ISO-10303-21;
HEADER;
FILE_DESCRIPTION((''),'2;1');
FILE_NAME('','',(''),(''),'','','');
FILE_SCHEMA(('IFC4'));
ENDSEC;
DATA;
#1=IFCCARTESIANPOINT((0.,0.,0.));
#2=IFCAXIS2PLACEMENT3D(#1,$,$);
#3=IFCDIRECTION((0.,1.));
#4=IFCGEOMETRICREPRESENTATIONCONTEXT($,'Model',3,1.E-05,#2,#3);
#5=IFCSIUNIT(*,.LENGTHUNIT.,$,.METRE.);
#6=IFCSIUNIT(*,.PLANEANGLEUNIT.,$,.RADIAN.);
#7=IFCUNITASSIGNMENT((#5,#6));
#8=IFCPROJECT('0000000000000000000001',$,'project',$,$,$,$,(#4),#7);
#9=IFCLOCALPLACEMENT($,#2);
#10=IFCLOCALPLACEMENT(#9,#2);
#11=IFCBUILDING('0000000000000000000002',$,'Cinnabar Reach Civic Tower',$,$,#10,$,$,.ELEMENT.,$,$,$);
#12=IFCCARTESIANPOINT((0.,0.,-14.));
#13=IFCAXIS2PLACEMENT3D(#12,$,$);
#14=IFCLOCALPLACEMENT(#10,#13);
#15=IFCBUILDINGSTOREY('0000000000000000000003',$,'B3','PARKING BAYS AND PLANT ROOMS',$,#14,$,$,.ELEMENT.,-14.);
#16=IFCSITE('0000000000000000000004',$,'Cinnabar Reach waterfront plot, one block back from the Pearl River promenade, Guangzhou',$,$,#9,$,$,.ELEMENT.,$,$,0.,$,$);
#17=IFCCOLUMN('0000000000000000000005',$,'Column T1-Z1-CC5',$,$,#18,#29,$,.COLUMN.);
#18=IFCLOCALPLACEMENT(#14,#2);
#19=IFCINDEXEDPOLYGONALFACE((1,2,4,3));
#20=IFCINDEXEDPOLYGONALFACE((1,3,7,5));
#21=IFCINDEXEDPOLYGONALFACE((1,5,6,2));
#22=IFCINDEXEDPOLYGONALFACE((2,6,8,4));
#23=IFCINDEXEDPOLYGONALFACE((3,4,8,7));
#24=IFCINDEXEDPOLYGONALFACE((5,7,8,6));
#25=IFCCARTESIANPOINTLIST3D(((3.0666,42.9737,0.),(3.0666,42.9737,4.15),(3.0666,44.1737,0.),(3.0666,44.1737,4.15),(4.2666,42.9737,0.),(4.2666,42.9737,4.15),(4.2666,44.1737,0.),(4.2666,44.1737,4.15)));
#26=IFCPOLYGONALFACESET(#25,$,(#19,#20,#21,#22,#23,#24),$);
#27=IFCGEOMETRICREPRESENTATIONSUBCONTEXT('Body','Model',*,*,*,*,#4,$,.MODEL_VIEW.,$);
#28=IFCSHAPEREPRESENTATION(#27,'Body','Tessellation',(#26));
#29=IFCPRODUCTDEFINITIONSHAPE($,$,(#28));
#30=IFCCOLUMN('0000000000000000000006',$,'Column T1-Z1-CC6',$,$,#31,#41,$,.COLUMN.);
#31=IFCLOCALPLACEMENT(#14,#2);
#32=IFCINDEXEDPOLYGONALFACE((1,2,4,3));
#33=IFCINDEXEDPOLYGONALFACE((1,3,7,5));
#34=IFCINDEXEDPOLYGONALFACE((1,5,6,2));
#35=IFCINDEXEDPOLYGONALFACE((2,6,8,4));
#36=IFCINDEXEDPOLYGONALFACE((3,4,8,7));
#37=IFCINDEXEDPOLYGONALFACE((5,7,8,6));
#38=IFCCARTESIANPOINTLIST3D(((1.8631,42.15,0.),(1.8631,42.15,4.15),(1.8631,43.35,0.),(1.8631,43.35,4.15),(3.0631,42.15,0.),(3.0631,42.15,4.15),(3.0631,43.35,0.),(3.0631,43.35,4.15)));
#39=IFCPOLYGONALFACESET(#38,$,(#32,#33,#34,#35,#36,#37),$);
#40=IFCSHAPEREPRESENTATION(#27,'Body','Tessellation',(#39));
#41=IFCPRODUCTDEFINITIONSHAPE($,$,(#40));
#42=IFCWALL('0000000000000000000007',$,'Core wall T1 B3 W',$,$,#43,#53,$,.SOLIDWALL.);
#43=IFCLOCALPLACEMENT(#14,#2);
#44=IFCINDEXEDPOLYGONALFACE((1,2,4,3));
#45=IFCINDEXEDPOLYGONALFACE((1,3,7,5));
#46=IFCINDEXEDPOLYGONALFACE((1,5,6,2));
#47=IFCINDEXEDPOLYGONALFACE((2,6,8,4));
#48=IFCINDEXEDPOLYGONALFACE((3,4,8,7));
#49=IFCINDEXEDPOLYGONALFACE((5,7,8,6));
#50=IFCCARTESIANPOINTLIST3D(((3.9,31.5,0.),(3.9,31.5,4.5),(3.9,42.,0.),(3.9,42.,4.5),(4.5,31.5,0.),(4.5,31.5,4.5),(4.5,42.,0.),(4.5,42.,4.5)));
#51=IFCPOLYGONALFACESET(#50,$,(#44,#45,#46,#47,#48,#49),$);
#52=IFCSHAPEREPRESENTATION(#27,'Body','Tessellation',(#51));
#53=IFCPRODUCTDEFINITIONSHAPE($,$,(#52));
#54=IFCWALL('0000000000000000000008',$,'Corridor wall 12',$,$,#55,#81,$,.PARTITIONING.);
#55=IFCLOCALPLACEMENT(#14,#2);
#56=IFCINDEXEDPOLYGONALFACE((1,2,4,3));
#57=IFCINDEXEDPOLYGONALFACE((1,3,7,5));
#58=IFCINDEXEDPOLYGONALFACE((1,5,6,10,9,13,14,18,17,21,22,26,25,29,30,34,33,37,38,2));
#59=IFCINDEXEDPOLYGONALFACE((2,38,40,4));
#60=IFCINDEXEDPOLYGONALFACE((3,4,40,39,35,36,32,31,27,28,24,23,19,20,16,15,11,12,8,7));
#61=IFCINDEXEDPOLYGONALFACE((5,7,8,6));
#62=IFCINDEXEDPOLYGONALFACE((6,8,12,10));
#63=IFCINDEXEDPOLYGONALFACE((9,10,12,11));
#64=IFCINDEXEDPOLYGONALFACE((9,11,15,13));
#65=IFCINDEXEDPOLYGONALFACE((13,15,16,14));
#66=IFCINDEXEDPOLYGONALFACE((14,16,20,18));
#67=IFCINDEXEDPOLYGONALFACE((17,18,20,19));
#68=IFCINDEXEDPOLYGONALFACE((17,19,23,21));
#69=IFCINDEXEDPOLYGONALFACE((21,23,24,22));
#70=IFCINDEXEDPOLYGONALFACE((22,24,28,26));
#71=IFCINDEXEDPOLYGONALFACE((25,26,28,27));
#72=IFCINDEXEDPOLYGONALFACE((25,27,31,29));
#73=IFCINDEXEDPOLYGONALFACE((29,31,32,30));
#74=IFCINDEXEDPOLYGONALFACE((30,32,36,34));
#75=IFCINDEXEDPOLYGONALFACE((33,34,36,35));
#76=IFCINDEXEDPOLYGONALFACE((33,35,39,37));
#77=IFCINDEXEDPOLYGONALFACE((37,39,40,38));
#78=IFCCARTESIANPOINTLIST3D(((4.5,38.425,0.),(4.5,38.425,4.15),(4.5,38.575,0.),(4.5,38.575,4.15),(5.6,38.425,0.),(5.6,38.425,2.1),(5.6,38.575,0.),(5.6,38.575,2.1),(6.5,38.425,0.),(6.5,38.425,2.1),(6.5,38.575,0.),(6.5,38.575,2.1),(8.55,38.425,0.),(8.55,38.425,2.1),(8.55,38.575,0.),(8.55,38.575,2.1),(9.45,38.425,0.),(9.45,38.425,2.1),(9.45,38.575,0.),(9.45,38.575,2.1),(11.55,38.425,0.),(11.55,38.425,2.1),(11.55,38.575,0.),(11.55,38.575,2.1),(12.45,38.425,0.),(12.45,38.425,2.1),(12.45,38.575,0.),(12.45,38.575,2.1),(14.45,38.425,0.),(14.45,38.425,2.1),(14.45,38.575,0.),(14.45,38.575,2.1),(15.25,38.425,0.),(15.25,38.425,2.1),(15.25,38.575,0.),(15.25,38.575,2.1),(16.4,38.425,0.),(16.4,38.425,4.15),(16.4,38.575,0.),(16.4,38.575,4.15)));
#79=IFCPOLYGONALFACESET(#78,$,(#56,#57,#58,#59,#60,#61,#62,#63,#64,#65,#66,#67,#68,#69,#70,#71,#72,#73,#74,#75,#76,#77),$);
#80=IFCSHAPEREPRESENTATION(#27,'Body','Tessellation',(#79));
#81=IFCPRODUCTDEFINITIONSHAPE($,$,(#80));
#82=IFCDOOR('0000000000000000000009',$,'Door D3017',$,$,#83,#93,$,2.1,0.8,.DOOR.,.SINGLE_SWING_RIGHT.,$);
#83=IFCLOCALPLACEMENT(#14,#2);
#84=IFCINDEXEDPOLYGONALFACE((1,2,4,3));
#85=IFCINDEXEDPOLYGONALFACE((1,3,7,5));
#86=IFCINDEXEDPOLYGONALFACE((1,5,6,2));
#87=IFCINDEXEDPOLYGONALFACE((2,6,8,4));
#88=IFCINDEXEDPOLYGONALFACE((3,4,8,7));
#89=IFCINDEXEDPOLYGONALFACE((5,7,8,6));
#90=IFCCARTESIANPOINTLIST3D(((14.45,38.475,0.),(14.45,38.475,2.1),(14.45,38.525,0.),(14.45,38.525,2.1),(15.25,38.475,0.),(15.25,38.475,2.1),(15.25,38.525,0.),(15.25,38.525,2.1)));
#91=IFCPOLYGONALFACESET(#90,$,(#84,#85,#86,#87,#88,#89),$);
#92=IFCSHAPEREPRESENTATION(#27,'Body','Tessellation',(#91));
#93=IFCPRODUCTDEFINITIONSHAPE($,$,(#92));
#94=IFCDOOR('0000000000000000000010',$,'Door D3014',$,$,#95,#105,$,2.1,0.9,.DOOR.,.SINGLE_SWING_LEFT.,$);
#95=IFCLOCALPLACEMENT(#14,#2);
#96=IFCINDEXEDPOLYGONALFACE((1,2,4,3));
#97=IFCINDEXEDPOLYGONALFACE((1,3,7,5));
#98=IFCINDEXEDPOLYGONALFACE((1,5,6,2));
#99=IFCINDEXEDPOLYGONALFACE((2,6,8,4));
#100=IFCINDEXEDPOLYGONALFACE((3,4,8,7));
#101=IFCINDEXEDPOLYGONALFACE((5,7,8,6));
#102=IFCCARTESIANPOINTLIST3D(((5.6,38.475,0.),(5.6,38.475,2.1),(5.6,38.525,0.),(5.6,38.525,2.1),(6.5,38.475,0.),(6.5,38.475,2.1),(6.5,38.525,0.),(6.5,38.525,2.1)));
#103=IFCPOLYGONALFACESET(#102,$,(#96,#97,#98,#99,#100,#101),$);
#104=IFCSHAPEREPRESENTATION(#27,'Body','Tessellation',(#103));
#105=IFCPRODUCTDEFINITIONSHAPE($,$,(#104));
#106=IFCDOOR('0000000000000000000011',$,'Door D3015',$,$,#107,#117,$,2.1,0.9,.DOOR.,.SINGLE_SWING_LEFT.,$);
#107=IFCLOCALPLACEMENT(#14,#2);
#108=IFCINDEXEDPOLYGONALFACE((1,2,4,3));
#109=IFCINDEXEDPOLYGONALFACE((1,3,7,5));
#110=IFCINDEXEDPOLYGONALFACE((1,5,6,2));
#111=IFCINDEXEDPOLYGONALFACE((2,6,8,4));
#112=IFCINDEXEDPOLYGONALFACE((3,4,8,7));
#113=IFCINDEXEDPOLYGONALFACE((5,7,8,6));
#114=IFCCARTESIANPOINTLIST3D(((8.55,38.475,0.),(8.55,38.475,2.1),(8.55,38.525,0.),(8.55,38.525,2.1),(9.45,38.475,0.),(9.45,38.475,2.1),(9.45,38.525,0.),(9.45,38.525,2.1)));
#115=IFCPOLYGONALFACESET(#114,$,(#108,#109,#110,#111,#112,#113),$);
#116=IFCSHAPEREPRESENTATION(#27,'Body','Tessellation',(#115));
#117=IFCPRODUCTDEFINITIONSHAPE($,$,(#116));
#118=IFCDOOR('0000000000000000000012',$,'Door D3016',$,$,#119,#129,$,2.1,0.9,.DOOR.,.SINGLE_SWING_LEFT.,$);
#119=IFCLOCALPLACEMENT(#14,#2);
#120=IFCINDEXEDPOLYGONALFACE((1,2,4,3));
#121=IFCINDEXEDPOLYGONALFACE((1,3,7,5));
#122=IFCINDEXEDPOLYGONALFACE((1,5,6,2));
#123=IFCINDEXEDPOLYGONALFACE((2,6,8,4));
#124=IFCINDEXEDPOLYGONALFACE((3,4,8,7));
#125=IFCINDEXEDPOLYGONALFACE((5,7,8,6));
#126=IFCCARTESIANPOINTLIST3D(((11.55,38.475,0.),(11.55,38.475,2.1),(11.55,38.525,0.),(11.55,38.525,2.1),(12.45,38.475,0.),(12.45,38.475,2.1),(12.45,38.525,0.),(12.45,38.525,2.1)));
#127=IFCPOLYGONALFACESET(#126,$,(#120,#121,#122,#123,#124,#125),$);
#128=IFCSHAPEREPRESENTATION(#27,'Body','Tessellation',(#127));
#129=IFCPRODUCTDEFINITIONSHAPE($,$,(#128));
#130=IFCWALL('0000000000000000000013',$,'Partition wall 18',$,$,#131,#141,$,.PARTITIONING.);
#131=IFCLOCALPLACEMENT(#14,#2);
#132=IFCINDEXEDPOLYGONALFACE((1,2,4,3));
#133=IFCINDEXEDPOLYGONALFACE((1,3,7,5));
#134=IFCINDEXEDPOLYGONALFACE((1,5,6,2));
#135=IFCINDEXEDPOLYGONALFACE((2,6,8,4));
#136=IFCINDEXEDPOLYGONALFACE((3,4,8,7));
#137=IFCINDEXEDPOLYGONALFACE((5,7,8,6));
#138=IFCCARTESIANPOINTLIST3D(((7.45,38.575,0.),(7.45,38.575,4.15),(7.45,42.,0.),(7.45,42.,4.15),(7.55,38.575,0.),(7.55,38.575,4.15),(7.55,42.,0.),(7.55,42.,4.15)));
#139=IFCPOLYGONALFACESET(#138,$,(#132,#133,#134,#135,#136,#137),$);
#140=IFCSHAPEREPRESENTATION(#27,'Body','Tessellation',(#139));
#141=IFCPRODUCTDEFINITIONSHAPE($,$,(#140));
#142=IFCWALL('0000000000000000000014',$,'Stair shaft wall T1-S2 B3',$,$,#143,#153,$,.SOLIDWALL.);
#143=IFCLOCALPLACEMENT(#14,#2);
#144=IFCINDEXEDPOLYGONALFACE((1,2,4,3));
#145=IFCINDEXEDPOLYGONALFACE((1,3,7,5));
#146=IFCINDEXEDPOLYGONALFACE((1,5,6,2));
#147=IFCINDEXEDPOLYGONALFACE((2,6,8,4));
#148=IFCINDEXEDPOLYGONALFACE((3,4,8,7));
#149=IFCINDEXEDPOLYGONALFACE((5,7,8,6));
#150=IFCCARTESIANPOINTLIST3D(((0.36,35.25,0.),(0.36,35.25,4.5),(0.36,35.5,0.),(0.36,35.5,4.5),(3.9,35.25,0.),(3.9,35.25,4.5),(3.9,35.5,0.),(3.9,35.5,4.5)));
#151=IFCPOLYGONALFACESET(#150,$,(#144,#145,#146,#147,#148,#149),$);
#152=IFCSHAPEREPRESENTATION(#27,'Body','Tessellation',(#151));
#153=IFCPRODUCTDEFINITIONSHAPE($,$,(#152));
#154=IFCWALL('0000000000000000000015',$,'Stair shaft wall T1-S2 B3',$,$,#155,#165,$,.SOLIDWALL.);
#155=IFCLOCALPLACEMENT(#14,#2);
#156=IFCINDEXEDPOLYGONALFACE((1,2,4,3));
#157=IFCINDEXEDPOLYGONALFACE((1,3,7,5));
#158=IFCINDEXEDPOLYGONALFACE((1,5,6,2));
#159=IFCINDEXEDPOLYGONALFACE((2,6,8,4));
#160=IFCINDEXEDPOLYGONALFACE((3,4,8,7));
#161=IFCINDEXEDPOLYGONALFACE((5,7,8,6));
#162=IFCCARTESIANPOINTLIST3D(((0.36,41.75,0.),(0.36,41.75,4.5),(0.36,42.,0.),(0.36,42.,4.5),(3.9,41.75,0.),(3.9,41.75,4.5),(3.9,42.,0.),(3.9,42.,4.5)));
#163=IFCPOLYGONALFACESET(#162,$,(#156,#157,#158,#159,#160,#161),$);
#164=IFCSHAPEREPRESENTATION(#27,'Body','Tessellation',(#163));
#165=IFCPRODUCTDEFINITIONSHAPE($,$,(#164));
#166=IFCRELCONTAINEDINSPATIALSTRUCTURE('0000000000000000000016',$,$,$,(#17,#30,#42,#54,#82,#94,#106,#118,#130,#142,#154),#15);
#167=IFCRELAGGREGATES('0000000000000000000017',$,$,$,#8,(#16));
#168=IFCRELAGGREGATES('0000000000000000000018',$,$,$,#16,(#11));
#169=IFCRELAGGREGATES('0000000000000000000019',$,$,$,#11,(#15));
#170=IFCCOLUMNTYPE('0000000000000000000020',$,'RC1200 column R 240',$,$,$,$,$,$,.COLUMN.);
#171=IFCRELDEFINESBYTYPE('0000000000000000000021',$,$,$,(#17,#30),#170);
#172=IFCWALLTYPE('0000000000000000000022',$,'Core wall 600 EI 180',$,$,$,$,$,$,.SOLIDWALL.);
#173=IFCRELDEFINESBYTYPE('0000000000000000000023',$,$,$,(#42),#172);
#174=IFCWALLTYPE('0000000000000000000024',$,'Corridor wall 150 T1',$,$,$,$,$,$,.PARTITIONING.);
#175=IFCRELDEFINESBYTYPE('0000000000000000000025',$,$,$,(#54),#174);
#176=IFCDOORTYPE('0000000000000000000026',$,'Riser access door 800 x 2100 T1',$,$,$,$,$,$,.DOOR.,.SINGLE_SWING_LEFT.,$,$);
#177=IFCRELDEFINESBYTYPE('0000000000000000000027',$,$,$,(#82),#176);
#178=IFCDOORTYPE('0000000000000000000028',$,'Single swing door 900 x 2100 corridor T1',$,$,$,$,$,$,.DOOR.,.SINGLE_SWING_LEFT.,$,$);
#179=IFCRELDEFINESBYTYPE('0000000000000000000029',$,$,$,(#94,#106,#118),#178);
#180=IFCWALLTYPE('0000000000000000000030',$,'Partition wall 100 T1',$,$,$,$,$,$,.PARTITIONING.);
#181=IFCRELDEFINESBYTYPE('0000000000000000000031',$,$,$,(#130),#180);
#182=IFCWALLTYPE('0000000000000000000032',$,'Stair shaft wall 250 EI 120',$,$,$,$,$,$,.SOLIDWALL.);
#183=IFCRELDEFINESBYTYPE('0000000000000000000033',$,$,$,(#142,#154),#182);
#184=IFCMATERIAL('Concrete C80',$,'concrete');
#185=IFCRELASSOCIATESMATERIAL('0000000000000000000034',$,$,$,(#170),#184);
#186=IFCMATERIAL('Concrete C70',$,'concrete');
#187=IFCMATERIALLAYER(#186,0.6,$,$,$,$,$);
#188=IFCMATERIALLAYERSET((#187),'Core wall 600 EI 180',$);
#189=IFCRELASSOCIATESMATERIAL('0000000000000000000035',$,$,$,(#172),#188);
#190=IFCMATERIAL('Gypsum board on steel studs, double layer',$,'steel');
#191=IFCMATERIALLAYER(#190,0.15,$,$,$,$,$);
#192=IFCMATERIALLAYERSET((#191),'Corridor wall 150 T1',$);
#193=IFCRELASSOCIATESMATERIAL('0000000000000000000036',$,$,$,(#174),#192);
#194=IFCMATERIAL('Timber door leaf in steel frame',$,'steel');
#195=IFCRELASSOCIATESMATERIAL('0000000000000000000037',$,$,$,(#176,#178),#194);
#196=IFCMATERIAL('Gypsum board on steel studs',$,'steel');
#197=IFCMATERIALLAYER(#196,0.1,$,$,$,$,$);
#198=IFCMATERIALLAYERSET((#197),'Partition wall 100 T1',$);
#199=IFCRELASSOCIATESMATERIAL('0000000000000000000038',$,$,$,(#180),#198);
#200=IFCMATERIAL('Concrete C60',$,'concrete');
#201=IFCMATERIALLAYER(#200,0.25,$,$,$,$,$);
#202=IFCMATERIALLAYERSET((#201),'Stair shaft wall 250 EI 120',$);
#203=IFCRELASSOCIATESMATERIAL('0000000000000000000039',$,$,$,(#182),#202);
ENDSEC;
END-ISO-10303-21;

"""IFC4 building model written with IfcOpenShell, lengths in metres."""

from ifc_helpers import new_model, si_unit, direction, frame, frame_2d, origin, origin_2d, place, context, subcontext, project, spatial, rectangle, extrude, material, layer, layer_set, material_profile, profile_set, type_object, element, fill, save


model = new_model("IFC4")

# Units and contexts
model_context = context("Model", 3, precision=1e-05, world=origin(), true_north=direction((0.0, 1.0)))
body_context = subcontext(model_context, "Body", "Model", "MODEL_VIEW")
ifc_project = project(units=[si_unit("LENGTHUNIT", "METRE"), si_unit("PLANEANGLEUNIT", "RADIAN")], contexts=[model_context])

# Site, building, storey
site_placement = place(None, origin())
site = spatial("IfcSite", under=ifc_project, at=site_placement, Name="Cinnabar Reach waterfront plot, one block back from the Pearl River promenade, Guangzhou", CompositionType="ELEMENT", RefElevation=0.0)
building_placement = place(site_placement, origin())
building = spatial("IfcBuilding", under=site, at=building_placement, Name="Cinnabar Reach Civic Tower", CompositionType="ELEMENT")
storey_placement = place(building_placement, frame((0.0, 0.0, -14.0)))
storey = spatial("IfcBuildingStorey", under=building, at=storey_placement, Name="B3", Description="PARKING BAYS AND PLANT ROOMS", CompositionType="ELEMENT", Elevation=-14.0)

# Columns
ifc_material_1 = material(Name="Concrete C70", Category="concrete")
ifc_material_2 = material(Name="Concrete C80", Category="concrete")
ifc_material_profile_1 = material_profile(ifc_material_2, rectangle(XDim=1.2, YDim=1.2, at=origin_2d()), Name="RC1200")
ifc_profile_set_1 = profile_set([ifc_material_profile_1], Name="Concrete C80")
column_type_1 = type_object("IfcColumnType", Name="RC1200 column R 240", PredefinedType="COLUMN", material=ifc_profile_set_1)
for number, where, z_axis, x_axis, name in (
    (1, (3.6666, 43.5737, 0.0), (0.0, 0.0, 1.0), (1.0, 0.0, 0.0), "Column T1-Z1-CC5"),
    (2, (2.4631, 42.75, 0.0), (0.0, 0.0, 1.0), (1.0, 0.0, 0.0), "Column T1-Z1-CC6"),
):
    element("IfcColumn", number, at=place(storey_placement, frame(where, z_axis=z_axis, x_axis=x_axis)), inside=storey, type_object=column_type_1, Name=name, PredefinedType="COLUMN", context=body_context, shape_type="SweptSolid", body=[
        extrude(rectangle(XDim=1.2, YDim=1.2, at=origin_2d()), origin(), (0.0, 0.0, 1.0), 4.15),
    ])

# Wall
ifc_layer_1 = layer(ifc_material_1, 0.6)
ifc_layer_set_1 = layer_set([ifc_layer_1], Name="Core wall 600 EI 180")
wall_type_1 = type_object("IfcWallType", Name="Core wall 600 EI 180", PredefinedType="SOLIDWALL", material=ifc_layer_set_1)
wall_1_placement = place(storey_placement, frame((4.2, 42.0, 0.0), z_axis=(0.0, 0.0, 1.0), x_axis=(0.0, -1.0, 0.0)))
element("IfcWall", 3, at=wall_1_placement, inside=storey, type_object=wall_type_1, Name="Core wall T1 B3 W", PredefinedType="SOLIDWALL", context=body_context, shape_type="SweptSolid", body=[
    extrude(rectangle(XDim=10.5, YDim=0.6, at=frame_2d((5.25, 0.0))), origin(), (0.0, 0.0, 1.0), 4.5),
])

# Wall, openings, doors
ifc_material_3 = material(Name="Gypsum board on steel studs, double layer", Category="steel")
ifc_layer_2 = layer(ifc_material_3, 0.15)
ifc_layer_set_2 = layer_set([ifc_layer_2], Name="Corridor wall 150 T1")
wall_type_2 = type_object("IfcWallType", Name="Corridor wall 150 T1", PredefinedType="PARTITIONING", material=ifc_layer_set_2)
wall_2_placement = place(storey_placement, frame((4.5, 38.5, 0.0), z_axis=(0.0, 0.0, 1.0), x_axis=(1.0, 0.0, 0.0)))
wall_2 = element("IfcWall", 4, at=wall_2_placement, inside=storey, type_object=wall_type_2, Name="Corridor wall 12", PredefinedType="PARTITIONING", context=body_context, shape_type="SweptSolid", body=[
    extrude(rectangle(XDim=11.9, YDim=0.15, at=frame_2d((5.95, 0.0))), origin(), (0.0, 0.0, 1.0), 4.15),
])
opening_1_placement = place(wall_2_placement, frame((1.1, 0.0, 0.0)))
opening_1 = element("IfcOpeningElement", 5, at=opening_1_placement, cuts=wall_2, PredefinedType="OPENING", context=body_context, shape_type="SweptSolid", body=[
    extrude(rectangle(XDim=0.9, YDim=2.1, at=frame_2d((0.45, 1.05))), frame((0.0, 0.085, 0.0), z_axis=(0.0, -1.0, 0.0), x_axis=(1.0, 0.0, 0.0)), (0.0, 0.0, 1.0), 0.17),
])
opening_2_placement = place(wall_2_placement, frame((4.05, 0.0, 0.0)))
opening_2 = element("IfcOpeningElement", 6, at=opening_2_placement, cuts=wall_2, PredefinedType="OPENING", context=body_context, shape_type="SweptSolid", body=[
    extrude(rectangle(XDim=0.9, YDim=2.1, at=frame_2d((0.45, 1.05))), frame((0.0, 0.085, 0.0), z_axis=(0.0, -1.0, 0.0), x_axis=(1.0, 0.0, 0.0)), (0.0, 0.0, 1.0), 0.17),
])
opening_3_placement = place(wall_2_placement, frame((7.05, 0.0, 0.0)))
opening_3 = element("IfcOpeningElement", 7, at=opening_3_placement, cuts=wall_2, PredefinedType="OPENING", context=body_context, shape_type="SweptSolid", body=[
    extrude(rectangle(XDim=0.9, YDim=2.1, at=frame_2d((0.45, 1.05))), frame((0.0, 0.085, 0.0), z_axis=(0.0, -1.0, 0.0), x_axis=(1.0, 0.0, 0.0)), (0.0, 0.0, 1.0), 0.17),
])
opening_4_placement = place(wall_2_placement, frame((9.95, 0.0, 0.0)))
opening_4 = element("IfcOpeningElement", 8, at=opening_4_placement, cuts=wall_2, PredefinedType="OPENING", context=body_context, shape_type="SweptSolid", body=[
    extrude(rectangle(XDim=0.8, YDim=2.1, at=frame_2d((0.4, 1.05))), frame((0.0, 0.085, 0.0), z_axis=(0.0, -1.0, 0.0), x_axis=(1.0, 0.0, 0.0)), (0.0, 0.0, 1.0), 0.17),
])
ifc_material_4 = material(Name="Timber door leaf in steel frame", Category="steel")
door_type_1 = type_object("IfcDoorType", Name="Riser access door 800 x 2100 T1", OperationType="SINGLE_SWING_LEFT", PredefinedType="DOOR", material=ifc_material_4)
door_1_placement = place(opening_4_placement, origin())
door_1 = element("IfcDoor", 9, at=door_1_placement, inside=storey, type_object=door_type_1, Name="Door D3017", OperationType="SINGLE_SWING_RIGHT", OverallHeight=2.1, OverallWidth=0.8, PredefinedType="DOOR", context=body_context, shape_type="SweptSolid", body=[
    extrude(rectangle(XDim=0.8, YDim=2.1, at=frame_2d((0.4, 1.05))), frame((0.0, 0.025, 0.0), z_axis=(0.0, -1.0, 0.0), x_axis=(1.0, 0.0, 0.0)), (0.0, 0.0, 1.0), 0.05),
])
fill(opening_4, door_1)
door_type_2 = type_object("IfcDoorType", Name="Single swing door 900 x 2100 corridor T1", OperationType="SINGLE_SWING_LEFT", PredefinedType="DOOR", material=ifc_material_4)
door_2_placement = place(opening_1_placement, origin())
door_2 = element("IfcDoor", 10, at=door_2_placement, inside=storey, type_object=door_type_2, Name="Door D3014", OperationType="SINGLE_SWING_LEFT", OverallHeight=2.1, OverallWidth=0.9, PredefinedType="DOOR", context=body_context, shape_type="SweptSolid", body=[
    extrude(rectangle(XDim=0.9, YDim=2.1, at=frame_2d((0.45, 1.05))), frame((0.0, 0.025, 0.0), z_axis=(0.0, -1.0, 0.0), x_axis=(1.0, 0.0, 0.0)), (0.0, 0.0, 1.0), 0.05),
])
fill(opening_1, door_2)
door_3_placement = place(opening_2_placement, origin())
door_3 = element("IfcDoor", 11, at=door_3_placement, inside=storey, type_object=door_type_2, Name="Door D3015", OperationType="SINGLE_SWING_LEFT", OverallHeight=2.1, OverallWidth=0.9, PredefinedType="DOOR", context=body_context, shape_type="SweptSolid", body=[
    extrude(rectangle(XDim=0.9, YDim=2.1, at=frame_2d((0.45, 1.05))), frame((0.0, 0.025, 0.0), z_axis=(0.0, -1.0, 0.0), x_axis=(1.0, 0.0, 0.0)), (0.0, 0.0, 1.0), 0.05),
])
fill(opening_2, door_3)
door_4_placement = place(opening_3_placement, origin())
door_4 = element("IfcDoor", 12, at=door_4_placement, inside=storey, type_object=door_type_2, Name="Door D3016", OperationType="SINGLE_SWING_LEFT", OverallHeight=2.1, OverallWidth=0.9, PredefinedType="DOOR", context=body_context, shape_type="SweptSolid", body=[
    extrude(rectangle(XDim=0.9, YDim=2.1, at=frame_2d((0.45, 1.05))), frame((0.0, 0.025, 0.0), z_axis=(0.0, -1.0, 0.0), x_axis=(1.0, 0.0, 0.0)), (0.0, 0.0, 1.0), 0.05),
])
fill(opening_3, door_4)

# Walls
ifc_material_5 = material(Name="Gypsum board on steel studs", Category="steel")
ifc_layer_3 = layer(ifc_material_5, 0.1)
ifc_layer_set_3 = layer_set([ifc_layer_3], Name="Partition wall 100 T1")
wall_type_3 = type_object("IfcWallType", Name="Partition wall 100 T1", PredefinedType="PARTITIONING", material=ifc_layer_set_3)
wall_3_placement = place(storey_placement, frame((7.5, 38.575, 0.0), z_axis=(0.0, 0.0, 1.0), x_axis=(0.0, 1.0, 0.0)))
element("IfcWall", 13, at=wall_3_placement, inside=storey, type_object=wall_type_3, Name="Partition wall 18", PredefinedType="PARTITIONING", context=body_context, shape_type="SweptSolid", body=[
    extrude(rectangle(XDim=3.425, YDim=0.1, at=frame_2d((1.7125, 0.0))), origin(), (0.0, 0.0, 1.0), 4.15),
])
ifc_material_6 = material(Name="Concrete C60", Category="concrete")
ifc_layer_4 = layer(ifc_material_6, 0.25)
ifc_layer_set_4 = layer_set([ifc_layer_4], Name="Stair shaft wall 250 EI 120")
wall_type_4 = type_object("IfcWallType", Name="Stair shaft wall 250 EI 120", PredefinedType="SOLIDWALL", material=ifc_layer_set_4)
for number, where, z_axis, x_axis, name in (
    (14, (0.36, 35.375, 0.0), (0.0, 0.0, 1.0), (1.0, 0.0, 0.0), "Stair shaft wall T1-S2 B3"),
    (15, (3.9, 41.875, 0.0), (0.0, 0.0, 1.0), (-1.0, 0.0, 0.0), "Stair shaft wall T1-S2 B3"),
):
    element("IfcWall", number, at=place(storey_placement, frame(where, z_axis=z_axis, x_axis=x_axis)), inside=storey, type_object=wall_type_4, Name=name, PredefinedType="SOLIDWALL", context=body_context, shape_type="SweptSolid", body=[
        extrude(rectangle(XDim=3.54, YDim=0.25, at=frame_2d((1.77, 0.0))), origin(), (0.0, 0.0, 1.0), 4.5),
    ])

save(model, "model.ifc")
